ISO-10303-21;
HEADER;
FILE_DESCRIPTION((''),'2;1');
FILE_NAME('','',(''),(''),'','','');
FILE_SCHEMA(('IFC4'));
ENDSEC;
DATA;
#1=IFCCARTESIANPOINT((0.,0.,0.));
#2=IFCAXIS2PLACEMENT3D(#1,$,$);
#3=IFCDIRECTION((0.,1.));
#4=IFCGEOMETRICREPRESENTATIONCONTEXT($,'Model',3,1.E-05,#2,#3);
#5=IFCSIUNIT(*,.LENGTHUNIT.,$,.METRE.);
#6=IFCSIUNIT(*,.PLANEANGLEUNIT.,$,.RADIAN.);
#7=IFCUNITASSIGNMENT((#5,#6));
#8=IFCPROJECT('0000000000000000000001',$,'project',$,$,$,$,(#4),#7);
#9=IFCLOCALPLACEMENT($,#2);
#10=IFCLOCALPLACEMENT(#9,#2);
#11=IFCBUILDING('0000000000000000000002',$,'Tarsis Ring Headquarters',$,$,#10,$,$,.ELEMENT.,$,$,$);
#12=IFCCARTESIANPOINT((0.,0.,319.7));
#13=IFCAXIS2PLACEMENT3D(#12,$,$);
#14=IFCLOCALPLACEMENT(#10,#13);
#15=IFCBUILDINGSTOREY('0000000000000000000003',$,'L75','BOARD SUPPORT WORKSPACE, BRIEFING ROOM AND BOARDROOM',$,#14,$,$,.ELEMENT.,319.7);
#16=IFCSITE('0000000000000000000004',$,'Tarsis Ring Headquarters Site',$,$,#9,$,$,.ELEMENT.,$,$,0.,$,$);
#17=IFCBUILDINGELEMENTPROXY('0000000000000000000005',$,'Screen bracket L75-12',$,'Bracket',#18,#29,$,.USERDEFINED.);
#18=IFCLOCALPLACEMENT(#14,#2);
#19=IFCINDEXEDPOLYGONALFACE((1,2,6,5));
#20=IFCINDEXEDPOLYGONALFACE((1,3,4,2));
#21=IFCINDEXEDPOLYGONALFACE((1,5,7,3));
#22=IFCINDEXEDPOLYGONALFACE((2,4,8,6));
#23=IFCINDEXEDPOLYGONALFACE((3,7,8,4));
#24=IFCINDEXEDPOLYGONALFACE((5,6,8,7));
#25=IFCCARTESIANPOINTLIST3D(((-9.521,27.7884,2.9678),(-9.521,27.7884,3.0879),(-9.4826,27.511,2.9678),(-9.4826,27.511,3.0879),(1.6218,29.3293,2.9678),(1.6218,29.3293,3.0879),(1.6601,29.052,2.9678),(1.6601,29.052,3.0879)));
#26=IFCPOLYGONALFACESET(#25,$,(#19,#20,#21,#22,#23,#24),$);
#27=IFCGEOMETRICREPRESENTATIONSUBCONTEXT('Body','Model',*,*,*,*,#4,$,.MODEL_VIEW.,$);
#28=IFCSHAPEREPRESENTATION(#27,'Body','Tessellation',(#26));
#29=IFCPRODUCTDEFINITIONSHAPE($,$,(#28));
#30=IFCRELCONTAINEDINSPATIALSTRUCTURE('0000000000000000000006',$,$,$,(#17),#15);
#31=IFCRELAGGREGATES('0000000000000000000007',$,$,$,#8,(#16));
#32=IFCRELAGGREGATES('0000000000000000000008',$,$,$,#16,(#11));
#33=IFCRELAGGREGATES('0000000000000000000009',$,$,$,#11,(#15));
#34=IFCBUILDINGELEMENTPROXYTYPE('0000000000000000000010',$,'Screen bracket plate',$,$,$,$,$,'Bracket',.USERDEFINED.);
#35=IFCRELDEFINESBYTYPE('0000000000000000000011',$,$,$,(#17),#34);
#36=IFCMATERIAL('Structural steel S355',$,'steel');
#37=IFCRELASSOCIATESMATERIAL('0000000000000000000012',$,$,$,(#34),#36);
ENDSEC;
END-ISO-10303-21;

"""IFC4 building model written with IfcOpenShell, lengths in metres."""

from ifc_helpers import new_model, si_unit, direction, frame, origin, origin_2d, place, context, subcontext, project, spatial, rectangle, extrude, material, type_object, element, save


model = new_model("IFC4")

# Units and contexts
model_context = context("Model", 3, precision=1e-05, world=origin(), true_north=direction((0.0, 1.0)))
body_context = subcontext(model_context, "Body", "Model", "MODEL_VIEW")
ifc_project = project(units=[si_unit("LENGTHUNIT", "METRE"), si_unit("PLANEANGLEUNIT", "RADIAN")], contexts=[model_context])

# Site, building, storey
site_placement = place(None, origin())
site = spatial("IfcSite", under=ifc_project, at=site_placement, Name="Tarsis Ring Headquarters Site", CompositionType="ELEMENT", RefElevation=0.0)
building_placement = place(site_placement, origin())
building = spatial("IfcBuilding", under=site, at=building_placement, Name="Tarsis Ring Headquarters", CompositionType="ELEMENT")
storey_placement = place(building_placement, frame((0.0, 0.0, 319.7)))
storey = spatial("IfcBuildingStorey", under=building, at=storey_placement, Name="L75", Description="BOARD SUPPORT WORKSPACE, BRIEFING ROOM AND BOARDROOM", CompositionType="ELEMENT", Elevation=319.7)

# Shared definitions
ifc_material_1 = material(Name="Structural steel S355", Category="steel")

# Building element proxy
building_element_proxy_type = type_object("IfcBuildingElementProxyType", Name="Screen bracket plate", ElementType="Bracket", PredefinedType="USERDEFINED", material=ifc_material_1)
proxy_placement = place(storey_placement, frame((-3.9304, 28.4202, 2.9678), z_axis=(0.0, 0.0, 1.0), x_axis=(-0.990572, -0.136991, 0.0)))
element("IfcBuildingElementProxy", 1, at=proxy_placement, inside=storey, type_object=building_element_proxy_type, Name="Screen bracket L75-12", ObjectType="Bracket", PredefinedType="USERDEFINED", context=body_context, shape_type="SweptSolid", body=[
    extrude(rectangle(XDim=11.2488, YDim=0.28, at=origin_2d()), origin(), (0.0, 0.0, 1.0), 0.1201),
])

save(model, "model.ifc")
